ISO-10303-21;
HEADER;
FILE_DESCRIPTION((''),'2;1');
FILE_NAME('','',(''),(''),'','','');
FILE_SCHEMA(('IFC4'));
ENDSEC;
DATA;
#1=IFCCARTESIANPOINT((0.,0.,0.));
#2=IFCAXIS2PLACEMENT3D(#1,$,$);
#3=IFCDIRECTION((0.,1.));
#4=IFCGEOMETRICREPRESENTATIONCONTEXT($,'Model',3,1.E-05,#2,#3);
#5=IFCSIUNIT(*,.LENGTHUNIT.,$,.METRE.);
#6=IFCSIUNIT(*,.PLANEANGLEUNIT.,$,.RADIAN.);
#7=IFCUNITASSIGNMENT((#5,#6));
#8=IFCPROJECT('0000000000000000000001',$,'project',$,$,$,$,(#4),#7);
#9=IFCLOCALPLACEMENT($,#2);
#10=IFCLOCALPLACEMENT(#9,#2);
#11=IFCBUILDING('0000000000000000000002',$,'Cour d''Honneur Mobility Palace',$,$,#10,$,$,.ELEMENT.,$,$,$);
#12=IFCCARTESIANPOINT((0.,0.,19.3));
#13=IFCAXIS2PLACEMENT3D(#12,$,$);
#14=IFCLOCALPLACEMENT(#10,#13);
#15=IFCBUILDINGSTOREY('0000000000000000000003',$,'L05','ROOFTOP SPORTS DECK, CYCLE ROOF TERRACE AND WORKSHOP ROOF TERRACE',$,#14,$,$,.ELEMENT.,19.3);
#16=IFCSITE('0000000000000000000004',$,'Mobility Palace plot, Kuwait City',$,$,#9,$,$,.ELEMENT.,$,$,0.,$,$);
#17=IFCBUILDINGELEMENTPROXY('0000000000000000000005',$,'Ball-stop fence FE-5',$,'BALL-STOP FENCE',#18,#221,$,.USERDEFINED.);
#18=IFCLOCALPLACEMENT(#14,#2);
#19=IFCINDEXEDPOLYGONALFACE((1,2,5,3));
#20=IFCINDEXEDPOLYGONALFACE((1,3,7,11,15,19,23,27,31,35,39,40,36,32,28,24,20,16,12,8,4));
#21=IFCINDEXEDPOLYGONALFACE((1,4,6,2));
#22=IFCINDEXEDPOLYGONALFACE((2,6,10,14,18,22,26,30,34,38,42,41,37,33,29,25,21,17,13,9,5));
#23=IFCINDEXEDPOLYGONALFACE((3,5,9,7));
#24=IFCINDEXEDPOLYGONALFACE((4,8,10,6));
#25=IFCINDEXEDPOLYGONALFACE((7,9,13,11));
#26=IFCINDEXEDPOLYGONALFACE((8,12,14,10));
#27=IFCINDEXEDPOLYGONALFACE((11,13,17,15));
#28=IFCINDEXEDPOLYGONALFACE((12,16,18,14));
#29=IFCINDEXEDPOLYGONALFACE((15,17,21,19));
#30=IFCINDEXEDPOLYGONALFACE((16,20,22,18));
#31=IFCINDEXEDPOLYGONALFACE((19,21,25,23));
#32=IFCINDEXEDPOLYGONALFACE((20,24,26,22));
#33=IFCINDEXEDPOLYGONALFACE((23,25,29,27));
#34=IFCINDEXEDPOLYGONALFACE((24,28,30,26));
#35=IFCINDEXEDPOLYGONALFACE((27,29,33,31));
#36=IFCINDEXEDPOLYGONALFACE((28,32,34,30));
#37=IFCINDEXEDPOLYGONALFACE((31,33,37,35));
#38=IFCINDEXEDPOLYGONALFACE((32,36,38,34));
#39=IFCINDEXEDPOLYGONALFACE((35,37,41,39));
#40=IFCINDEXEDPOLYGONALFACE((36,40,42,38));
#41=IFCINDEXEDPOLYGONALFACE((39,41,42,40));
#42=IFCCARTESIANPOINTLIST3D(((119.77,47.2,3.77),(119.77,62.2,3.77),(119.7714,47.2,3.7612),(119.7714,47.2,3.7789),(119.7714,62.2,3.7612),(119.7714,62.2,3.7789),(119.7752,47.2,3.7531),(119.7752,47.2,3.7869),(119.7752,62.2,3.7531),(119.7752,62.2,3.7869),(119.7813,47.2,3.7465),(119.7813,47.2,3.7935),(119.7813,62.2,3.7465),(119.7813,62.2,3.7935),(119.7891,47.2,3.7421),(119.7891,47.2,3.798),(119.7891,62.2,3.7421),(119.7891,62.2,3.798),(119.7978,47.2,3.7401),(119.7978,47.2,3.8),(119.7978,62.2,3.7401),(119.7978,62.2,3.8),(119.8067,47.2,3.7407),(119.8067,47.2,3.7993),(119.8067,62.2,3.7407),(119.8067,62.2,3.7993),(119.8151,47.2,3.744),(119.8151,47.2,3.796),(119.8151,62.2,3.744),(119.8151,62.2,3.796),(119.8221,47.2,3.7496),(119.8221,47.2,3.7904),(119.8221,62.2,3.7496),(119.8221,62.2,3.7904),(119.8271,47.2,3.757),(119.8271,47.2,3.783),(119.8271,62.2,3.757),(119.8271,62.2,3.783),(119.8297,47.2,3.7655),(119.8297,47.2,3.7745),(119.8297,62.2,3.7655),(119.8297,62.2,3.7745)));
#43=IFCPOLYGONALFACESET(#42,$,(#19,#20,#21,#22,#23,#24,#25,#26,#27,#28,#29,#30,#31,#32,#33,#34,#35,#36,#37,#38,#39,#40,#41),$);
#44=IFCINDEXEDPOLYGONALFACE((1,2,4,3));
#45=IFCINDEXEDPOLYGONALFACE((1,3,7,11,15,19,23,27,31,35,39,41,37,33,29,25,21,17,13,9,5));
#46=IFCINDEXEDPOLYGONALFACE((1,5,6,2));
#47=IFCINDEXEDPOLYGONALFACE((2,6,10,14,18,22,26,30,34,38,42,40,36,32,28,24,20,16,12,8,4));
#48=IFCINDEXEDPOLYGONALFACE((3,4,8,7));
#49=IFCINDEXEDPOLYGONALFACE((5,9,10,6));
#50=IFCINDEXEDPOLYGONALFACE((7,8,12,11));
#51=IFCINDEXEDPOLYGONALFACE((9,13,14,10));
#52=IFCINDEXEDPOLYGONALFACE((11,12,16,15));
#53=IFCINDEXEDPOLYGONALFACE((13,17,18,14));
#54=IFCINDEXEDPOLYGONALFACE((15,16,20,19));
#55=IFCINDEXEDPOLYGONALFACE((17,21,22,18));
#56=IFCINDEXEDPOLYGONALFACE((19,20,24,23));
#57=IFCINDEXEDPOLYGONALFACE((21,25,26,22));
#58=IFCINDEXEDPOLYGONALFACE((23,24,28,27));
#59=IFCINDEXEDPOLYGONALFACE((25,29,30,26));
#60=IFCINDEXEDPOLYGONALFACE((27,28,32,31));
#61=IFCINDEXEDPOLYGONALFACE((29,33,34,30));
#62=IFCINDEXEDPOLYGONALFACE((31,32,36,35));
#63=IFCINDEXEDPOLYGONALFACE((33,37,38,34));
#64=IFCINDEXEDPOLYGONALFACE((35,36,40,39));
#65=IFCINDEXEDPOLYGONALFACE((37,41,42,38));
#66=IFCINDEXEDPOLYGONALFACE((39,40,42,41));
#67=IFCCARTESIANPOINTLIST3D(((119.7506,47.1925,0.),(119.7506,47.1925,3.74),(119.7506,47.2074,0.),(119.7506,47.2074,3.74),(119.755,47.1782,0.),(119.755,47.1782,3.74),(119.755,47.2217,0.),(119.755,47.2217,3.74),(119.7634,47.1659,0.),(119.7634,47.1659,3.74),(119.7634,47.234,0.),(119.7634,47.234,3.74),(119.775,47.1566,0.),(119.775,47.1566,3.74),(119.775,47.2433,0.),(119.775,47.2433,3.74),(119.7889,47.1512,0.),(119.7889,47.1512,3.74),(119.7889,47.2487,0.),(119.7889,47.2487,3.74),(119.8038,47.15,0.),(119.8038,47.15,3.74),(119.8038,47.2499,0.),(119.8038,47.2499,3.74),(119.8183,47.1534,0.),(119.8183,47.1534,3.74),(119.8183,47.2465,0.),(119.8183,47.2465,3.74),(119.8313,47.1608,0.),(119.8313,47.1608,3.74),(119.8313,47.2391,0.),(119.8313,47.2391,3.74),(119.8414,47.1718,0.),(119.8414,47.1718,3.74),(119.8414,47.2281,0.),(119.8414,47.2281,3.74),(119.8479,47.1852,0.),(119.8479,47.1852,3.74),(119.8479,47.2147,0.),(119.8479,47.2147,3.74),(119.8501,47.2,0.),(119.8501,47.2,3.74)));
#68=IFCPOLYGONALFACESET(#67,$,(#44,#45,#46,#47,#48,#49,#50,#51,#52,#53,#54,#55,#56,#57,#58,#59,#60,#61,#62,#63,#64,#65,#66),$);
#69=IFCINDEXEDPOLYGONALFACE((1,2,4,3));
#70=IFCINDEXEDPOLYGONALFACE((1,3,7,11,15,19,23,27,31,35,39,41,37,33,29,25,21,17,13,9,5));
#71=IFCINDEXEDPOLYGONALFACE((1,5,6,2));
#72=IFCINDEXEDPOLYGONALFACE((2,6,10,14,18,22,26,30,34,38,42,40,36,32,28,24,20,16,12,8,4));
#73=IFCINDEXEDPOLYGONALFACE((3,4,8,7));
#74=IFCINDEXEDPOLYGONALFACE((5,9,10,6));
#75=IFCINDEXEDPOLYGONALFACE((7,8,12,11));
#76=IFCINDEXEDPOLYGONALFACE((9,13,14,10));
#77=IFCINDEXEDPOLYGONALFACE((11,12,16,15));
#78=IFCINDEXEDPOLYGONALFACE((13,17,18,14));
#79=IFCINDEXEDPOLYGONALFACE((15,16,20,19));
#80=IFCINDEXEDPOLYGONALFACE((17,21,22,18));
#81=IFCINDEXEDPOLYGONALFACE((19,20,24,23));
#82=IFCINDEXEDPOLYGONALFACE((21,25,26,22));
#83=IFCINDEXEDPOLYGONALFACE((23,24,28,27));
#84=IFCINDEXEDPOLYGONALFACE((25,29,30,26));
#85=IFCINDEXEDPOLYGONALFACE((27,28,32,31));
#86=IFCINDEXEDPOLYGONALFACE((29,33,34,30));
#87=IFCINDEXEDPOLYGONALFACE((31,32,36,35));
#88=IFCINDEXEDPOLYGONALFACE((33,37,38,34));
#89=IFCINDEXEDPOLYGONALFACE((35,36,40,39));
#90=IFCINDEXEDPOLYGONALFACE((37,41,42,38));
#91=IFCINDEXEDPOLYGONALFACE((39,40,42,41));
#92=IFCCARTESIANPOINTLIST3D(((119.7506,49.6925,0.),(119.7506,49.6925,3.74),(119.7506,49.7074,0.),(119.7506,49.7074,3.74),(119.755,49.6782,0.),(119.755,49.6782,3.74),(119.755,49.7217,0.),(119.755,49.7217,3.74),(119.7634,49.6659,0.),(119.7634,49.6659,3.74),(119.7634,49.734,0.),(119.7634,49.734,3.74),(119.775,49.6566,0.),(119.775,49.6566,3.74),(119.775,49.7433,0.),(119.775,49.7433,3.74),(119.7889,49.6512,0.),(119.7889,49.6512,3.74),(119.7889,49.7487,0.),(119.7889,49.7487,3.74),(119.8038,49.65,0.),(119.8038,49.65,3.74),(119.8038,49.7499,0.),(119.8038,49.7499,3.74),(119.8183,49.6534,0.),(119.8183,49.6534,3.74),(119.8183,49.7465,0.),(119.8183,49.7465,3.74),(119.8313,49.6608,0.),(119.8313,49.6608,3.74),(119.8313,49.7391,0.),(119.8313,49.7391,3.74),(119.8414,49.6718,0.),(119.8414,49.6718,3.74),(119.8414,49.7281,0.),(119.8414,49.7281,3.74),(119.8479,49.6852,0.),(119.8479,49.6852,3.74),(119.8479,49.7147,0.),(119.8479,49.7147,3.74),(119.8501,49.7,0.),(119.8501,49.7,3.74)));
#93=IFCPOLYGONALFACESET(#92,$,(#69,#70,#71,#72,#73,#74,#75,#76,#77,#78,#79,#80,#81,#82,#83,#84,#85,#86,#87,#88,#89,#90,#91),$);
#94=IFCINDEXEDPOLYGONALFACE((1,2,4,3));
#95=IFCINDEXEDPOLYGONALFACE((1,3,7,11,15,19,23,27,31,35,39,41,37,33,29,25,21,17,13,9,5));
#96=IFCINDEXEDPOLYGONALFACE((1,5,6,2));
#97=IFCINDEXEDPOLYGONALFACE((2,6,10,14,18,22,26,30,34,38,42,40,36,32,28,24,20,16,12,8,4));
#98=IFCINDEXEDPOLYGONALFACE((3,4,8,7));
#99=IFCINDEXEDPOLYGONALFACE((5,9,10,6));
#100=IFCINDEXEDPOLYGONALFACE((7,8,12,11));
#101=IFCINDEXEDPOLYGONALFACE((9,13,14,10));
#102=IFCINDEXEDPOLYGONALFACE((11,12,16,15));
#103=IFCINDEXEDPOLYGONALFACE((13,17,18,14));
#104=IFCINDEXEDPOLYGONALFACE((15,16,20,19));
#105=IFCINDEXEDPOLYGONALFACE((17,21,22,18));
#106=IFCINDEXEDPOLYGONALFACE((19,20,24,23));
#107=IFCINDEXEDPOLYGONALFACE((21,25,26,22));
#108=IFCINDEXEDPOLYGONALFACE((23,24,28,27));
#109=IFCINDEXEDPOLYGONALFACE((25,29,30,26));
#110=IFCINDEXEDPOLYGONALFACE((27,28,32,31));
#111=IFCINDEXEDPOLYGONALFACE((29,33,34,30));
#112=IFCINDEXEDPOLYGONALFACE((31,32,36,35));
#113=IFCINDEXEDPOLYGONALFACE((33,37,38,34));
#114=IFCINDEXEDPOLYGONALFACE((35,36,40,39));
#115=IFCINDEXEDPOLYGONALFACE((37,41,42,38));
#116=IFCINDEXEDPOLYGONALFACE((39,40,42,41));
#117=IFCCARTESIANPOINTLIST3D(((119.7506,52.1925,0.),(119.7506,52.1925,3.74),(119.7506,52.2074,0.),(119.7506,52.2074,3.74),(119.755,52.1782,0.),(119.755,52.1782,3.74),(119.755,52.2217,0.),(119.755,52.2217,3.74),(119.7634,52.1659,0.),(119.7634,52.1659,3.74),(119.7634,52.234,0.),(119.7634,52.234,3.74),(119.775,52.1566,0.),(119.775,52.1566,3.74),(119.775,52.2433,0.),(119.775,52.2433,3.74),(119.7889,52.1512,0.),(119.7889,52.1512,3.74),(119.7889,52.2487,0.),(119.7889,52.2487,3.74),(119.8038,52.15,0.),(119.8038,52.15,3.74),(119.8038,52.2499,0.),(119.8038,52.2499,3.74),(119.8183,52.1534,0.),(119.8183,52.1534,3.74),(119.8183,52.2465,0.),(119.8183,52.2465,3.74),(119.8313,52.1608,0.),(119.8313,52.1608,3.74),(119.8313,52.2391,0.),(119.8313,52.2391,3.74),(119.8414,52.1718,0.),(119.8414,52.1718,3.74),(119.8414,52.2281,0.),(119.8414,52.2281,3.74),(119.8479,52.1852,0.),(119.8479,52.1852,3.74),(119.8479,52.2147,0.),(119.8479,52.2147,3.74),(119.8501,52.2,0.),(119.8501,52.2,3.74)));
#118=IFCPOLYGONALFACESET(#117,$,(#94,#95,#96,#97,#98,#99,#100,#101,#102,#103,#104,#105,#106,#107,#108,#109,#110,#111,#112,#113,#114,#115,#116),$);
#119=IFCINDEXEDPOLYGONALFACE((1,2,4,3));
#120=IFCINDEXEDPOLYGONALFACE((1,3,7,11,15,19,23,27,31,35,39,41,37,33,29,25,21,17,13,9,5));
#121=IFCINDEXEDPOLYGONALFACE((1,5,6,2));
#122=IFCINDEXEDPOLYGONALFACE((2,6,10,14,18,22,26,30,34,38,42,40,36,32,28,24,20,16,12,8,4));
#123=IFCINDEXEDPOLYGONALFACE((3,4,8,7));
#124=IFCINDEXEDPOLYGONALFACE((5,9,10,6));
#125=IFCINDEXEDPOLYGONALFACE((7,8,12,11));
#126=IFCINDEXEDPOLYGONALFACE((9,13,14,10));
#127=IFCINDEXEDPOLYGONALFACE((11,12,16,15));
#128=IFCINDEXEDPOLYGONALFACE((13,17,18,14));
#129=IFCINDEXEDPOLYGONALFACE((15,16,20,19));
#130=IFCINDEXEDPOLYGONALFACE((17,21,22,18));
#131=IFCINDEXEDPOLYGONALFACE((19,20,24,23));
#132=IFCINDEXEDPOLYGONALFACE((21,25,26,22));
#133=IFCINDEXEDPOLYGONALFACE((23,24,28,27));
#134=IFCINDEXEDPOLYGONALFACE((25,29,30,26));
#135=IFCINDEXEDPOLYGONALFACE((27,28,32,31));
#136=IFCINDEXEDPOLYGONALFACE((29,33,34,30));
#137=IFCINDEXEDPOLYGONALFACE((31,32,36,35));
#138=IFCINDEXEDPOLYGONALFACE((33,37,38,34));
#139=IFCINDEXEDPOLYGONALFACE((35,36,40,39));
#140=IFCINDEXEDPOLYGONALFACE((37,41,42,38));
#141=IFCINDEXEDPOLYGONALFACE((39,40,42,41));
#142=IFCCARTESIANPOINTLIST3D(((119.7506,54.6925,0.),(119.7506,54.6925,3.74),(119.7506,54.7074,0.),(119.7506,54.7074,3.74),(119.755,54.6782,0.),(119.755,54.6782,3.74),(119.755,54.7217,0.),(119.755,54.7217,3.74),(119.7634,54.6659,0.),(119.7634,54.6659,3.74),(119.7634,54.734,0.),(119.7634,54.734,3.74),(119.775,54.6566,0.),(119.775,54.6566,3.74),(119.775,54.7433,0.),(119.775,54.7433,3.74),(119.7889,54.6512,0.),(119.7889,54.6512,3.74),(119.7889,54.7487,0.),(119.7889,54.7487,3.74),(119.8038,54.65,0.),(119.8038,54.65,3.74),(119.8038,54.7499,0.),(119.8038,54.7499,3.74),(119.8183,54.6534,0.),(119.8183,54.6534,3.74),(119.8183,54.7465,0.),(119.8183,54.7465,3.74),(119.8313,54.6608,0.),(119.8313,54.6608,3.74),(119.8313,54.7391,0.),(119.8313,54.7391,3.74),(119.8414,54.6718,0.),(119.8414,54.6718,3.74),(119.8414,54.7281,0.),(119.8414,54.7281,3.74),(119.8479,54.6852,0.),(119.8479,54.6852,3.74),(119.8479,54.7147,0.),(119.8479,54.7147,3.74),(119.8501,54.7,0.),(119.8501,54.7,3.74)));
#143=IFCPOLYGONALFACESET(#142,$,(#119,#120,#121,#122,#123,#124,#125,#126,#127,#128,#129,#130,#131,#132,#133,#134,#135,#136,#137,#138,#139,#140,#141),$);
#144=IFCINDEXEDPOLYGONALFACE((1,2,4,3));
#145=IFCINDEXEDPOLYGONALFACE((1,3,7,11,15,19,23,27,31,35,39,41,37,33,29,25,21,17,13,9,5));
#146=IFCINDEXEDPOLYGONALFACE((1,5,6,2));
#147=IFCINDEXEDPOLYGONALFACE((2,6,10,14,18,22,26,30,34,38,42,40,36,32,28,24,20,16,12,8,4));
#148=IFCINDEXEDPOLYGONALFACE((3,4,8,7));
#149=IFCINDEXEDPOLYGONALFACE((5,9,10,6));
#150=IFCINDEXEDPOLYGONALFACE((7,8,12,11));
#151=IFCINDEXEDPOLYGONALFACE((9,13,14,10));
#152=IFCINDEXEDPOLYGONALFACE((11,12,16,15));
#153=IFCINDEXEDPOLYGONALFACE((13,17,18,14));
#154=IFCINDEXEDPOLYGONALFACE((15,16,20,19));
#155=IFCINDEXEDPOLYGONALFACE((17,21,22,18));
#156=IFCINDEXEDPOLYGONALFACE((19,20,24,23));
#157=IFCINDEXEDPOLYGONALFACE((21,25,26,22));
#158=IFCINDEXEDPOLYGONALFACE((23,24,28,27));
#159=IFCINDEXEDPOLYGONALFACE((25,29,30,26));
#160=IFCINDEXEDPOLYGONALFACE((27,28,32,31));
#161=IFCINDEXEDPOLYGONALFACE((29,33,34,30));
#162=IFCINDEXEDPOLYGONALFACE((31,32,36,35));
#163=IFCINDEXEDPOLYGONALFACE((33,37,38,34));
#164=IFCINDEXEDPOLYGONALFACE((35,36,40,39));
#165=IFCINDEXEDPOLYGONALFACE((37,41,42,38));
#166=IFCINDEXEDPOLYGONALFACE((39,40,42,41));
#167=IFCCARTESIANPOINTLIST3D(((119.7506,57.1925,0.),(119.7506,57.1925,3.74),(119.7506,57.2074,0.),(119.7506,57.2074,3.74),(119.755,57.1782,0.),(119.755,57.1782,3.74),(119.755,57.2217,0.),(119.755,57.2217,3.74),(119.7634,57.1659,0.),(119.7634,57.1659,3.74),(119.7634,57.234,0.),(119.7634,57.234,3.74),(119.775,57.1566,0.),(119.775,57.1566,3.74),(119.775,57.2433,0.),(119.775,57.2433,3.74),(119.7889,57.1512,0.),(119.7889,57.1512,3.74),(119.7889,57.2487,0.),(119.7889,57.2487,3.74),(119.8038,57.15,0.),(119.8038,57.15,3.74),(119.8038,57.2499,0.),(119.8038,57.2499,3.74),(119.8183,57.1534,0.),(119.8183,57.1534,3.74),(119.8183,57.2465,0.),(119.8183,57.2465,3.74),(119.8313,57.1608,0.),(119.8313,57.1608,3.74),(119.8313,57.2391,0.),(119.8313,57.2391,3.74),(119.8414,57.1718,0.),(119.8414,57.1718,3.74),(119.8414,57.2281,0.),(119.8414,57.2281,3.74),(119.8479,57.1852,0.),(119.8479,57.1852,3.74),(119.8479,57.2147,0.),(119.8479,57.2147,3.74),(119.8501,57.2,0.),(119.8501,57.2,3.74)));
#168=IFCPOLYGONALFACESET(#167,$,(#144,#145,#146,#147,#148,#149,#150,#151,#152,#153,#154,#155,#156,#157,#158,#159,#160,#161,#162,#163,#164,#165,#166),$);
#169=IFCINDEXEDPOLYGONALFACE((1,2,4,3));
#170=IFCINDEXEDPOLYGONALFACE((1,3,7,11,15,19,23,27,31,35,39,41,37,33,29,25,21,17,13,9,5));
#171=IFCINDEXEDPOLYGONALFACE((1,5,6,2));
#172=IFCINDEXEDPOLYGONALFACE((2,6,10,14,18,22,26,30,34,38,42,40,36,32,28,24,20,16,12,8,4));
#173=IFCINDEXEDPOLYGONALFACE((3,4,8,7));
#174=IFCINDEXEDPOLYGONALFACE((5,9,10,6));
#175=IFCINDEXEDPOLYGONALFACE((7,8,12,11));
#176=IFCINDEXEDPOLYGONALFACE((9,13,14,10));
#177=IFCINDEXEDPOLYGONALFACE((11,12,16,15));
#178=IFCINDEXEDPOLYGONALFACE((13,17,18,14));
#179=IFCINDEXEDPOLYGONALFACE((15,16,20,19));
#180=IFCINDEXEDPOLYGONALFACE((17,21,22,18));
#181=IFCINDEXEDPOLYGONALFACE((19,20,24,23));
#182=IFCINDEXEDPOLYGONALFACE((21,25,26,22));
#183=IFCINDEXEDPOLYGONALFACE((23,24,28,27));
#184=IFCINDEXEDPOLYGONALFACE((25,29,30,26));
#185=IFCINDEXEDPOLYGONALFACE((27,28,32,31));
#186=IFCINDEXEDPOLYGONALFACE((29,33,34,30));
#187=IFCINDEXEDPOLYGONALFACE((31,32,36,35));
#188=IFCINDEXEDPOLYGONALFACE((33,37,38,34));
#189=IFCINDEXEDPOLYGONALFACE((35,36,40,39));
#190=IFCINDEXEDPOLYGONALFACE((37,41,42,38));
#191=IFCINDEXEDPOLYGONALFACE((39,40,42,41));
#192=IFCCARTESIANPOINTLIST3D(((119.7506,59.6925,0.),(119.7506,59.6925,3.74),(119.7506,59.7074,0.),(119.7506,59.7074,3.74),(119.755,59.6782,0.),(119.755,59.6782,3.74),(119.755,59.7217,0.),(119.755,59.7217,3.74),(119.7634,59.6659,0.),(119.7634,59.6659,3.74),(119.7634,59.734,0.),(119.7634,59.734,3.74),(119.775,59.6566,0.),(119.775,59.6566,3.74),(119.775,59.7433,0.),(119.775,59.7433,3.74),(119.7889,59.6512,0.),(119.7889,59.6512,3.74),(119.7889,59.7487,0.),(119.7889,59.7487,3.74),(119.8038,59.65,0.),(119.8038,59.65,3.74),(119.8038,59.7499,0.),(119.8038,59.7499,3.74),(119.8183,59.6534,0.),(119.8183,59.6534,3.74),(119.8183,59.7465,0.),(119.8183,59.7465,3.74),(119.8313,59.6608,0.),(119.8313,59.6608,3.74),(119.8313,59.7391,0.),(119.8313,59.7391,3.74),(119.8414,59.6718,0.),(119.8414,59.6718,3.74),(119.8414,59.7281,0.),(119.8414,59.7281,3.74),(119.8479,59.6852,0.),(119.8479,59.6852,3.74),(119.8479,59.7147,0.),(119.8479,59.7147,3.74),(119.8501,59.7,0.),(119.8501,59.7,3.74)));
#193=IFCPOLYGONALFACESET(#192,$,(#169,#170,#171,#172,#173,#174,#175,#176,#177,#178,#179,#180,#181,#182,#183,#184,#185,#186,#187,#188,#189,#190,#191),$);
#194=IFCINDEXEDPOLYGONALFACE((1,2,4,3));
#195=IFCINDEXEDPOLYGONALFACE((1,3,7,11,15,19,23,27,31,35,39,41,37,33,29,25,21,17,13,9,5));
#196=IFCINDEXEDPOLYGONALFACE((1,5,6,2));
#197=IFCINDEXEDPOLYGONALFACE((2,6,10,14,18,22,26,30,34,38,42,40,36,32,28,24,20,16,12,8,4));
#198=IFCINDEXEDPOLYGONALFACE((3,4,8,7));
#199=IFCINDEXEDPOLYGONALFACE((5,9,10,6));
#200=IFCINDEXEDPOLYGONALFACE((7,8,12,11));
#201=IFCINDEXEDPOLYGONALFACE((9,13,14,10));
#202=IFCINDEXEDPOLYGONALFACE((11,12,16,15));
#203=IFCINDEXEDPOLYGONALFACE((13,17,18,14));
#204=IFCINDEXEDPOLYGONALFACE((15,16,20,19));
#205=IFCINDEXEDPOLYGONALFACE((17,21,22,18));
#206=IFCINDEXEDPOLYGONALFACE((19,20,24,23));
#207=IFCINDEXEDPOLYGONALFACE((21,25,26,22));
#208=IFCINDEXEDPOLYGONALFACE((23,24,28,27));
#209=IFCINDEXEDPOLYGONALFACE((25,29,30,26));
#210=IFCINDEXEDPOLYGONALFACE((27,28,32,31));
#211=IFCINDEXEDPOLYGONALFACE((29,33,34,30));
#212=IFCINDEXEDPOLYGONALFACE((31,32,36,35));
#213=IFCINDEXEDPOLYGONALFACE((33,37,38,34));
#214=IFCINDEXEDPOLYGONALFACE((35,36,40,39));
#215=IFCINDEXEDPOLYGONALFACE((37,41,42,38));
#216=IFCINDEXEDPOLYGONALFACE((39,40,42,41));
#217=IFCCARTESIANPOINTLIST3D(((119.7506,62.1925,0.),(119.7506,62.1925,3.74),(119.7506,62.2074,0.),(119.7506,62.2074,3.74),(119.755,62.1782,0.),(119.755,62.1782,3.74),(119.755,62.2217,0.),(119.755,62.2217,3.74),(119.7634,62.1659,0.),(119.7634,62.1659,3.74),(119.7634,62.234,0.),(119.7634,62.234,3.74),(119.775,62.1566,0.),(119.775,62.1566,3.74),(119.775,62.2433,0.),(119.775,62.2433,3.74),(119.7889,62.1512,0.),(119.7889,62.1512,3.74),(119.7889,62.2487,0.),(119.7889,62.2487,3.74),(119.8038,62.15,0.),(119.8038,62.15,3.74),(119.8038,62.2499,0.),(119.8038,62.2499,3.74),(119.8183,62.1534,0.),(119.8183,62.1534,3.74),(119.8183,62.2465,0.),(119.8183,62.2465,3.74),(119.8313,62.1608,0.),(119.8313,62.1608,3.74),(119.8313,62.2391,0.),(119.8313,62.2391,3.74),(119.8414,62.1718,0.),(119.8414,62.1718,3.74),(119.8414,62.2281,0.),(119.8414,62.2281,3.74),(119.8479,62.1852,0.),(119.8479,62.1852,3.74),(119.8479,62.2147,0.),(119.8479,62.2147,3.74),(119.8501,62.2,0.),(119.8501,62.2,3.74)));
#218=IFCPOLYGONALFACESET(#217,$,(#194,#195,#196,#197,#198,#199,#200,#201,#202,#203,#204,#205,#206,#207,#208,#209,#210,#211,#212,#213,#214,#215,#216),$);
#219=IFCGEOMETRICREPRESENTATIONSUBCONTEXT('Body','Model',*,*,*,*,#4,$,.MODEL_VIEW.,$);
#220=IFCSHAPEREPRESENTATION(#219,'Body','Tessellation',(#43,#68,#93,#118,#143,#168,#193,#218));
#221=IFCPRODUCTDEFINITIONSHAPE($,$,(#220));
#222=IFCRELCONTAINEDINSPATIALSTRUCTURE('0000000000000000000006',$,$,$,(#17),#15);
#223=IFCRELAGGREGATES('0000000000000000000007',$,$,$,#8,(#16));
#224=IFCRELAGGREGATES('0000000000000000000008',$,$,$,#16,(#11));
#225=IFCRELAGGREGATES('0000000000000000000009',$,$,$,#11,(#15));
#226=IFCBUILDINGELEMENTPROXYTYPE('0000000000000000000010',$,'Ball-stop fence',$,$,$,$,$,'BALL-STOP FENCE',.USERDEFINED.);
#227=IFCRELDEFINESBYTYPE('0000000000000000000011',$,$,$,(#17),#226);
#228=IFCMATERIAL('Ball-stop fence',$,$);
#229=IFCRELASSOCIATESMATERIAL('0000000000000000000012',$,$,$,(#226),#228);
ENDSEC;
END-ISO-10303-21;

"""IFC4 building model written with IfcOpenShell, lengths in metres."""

from ifc_helpers import new_model, si_unit, direction, frame, origin, origin_2d, place, context, subcontext, project, spatial, circle, extrude, material, type_object, element, save


model = new_model("IFC4")

# Units and contexts
model_context = context("Model", 3, precision=1e-05, world=origin(), true_north=direction((0.0, 1.0)))
body_context = subcontext(model_context, "Body", "Model", "MODEL_VIEW")
ifc_project = project(units=[si_unit("LENGTHUNIT", "METRE"), si_unit("PLANEANGLEUNIT", "RADIAN")], contexts=[model_context])

# Site, building, storey
site_placement = place(None, origin())
site = spatial("IfcSite", under=ifc_project, at=site_placement, Name="Mobility Palace plot, Kuwait City", CompositionType="ELEMENT", RefElevation=0.0)
building_placement = place(site_placement, origin())
building = spatial("IfcBuilding", under=site, at=building_placement, Name="Cour d'Honneur Mobility Palace", CompositionType="ELEMENT")
storey_placement = place(building_placement, frame((0.0, 0.0, 19.3)))
storey = spatial("IfcBuildingStorey", under=building, at=storey_placement, Name="L05", Description="ROOFTOP SPORTS DECK, CYCLE ROOF TERRACE AND WORKSHOP ROOF TERRACE", CompositionType="ELEMENT", Elevation=19.3)

# Building element proxy
ifc_material_1 = material(Name="Ball-stop fence")
building_element_proxy_type = type_object("IfcBuildingElementProxyType", Name="Ball-stop fence", ElementType="BALL-STOP FENCE", PredefinedType="USERDEFINED", material=ifc_material_1)
proxy_placement = place(storey_placement, frame((119.8, 47.2, 0.0)))
element("IfcBuildingElementProxy", 1, at=proxy_placement, inside=storey, type_object=building_element_proxy_type, Name="Ball-stop fence FE-5", ObjectType="BALL-STOP FENCE", PredefinedType="USERDEFINED", context=body_context, shape_type="SweptSolid", body=[
    extrude(circle(Radius=0.03, at=origin_2d()), frame((0.0, 0.0, 3.77), z_axis=(0.0, 1.0, 0.0), x_axis=(-1.0, 0.0, 0.0)), (0.0, 0.0, 1.0), 15.0),
    extrude(circle(Radius=0.05, at=origin_2d()), origin(), (0.0, 0.0, 1.0), 3.74),
    extrude(circle(Radius=0.05, at=origin_2d()), frame((0.0, 2.5, 0.0)), (0.0, 0.0, 1.0), 3.74),
    extrude(circle(Radius=0.05, at=origin_2d()), frame((0.0, 5.0, 0.0)), (0.0, 0.0, 1.0), 3.74),
    extrude(circle(Radius=0.05, at=origin_2d()), frame((0.0, 7.5, 0.0)), (0.0, 0.0, 1.0), 3.74),
    extrude(circle(Radius=0.05, at=origin_2d()), frame((0.0, 10.0, 0.0)), (0.0, 0.0, 1.0), 3.74),
    extrude(circle(Radius=0.05, at=origin_2d()), frame((0.0, 12.5, 0.0)), (0.0, 0.0, 1.0), 3.74),
    extrude(circle(Radius=0.05, at=origin_2d()), frame((0.0, 15.0, 0.0)), (0.0, 0.0, 1.0), 3.74),
])

save(model, "model.ifc")
